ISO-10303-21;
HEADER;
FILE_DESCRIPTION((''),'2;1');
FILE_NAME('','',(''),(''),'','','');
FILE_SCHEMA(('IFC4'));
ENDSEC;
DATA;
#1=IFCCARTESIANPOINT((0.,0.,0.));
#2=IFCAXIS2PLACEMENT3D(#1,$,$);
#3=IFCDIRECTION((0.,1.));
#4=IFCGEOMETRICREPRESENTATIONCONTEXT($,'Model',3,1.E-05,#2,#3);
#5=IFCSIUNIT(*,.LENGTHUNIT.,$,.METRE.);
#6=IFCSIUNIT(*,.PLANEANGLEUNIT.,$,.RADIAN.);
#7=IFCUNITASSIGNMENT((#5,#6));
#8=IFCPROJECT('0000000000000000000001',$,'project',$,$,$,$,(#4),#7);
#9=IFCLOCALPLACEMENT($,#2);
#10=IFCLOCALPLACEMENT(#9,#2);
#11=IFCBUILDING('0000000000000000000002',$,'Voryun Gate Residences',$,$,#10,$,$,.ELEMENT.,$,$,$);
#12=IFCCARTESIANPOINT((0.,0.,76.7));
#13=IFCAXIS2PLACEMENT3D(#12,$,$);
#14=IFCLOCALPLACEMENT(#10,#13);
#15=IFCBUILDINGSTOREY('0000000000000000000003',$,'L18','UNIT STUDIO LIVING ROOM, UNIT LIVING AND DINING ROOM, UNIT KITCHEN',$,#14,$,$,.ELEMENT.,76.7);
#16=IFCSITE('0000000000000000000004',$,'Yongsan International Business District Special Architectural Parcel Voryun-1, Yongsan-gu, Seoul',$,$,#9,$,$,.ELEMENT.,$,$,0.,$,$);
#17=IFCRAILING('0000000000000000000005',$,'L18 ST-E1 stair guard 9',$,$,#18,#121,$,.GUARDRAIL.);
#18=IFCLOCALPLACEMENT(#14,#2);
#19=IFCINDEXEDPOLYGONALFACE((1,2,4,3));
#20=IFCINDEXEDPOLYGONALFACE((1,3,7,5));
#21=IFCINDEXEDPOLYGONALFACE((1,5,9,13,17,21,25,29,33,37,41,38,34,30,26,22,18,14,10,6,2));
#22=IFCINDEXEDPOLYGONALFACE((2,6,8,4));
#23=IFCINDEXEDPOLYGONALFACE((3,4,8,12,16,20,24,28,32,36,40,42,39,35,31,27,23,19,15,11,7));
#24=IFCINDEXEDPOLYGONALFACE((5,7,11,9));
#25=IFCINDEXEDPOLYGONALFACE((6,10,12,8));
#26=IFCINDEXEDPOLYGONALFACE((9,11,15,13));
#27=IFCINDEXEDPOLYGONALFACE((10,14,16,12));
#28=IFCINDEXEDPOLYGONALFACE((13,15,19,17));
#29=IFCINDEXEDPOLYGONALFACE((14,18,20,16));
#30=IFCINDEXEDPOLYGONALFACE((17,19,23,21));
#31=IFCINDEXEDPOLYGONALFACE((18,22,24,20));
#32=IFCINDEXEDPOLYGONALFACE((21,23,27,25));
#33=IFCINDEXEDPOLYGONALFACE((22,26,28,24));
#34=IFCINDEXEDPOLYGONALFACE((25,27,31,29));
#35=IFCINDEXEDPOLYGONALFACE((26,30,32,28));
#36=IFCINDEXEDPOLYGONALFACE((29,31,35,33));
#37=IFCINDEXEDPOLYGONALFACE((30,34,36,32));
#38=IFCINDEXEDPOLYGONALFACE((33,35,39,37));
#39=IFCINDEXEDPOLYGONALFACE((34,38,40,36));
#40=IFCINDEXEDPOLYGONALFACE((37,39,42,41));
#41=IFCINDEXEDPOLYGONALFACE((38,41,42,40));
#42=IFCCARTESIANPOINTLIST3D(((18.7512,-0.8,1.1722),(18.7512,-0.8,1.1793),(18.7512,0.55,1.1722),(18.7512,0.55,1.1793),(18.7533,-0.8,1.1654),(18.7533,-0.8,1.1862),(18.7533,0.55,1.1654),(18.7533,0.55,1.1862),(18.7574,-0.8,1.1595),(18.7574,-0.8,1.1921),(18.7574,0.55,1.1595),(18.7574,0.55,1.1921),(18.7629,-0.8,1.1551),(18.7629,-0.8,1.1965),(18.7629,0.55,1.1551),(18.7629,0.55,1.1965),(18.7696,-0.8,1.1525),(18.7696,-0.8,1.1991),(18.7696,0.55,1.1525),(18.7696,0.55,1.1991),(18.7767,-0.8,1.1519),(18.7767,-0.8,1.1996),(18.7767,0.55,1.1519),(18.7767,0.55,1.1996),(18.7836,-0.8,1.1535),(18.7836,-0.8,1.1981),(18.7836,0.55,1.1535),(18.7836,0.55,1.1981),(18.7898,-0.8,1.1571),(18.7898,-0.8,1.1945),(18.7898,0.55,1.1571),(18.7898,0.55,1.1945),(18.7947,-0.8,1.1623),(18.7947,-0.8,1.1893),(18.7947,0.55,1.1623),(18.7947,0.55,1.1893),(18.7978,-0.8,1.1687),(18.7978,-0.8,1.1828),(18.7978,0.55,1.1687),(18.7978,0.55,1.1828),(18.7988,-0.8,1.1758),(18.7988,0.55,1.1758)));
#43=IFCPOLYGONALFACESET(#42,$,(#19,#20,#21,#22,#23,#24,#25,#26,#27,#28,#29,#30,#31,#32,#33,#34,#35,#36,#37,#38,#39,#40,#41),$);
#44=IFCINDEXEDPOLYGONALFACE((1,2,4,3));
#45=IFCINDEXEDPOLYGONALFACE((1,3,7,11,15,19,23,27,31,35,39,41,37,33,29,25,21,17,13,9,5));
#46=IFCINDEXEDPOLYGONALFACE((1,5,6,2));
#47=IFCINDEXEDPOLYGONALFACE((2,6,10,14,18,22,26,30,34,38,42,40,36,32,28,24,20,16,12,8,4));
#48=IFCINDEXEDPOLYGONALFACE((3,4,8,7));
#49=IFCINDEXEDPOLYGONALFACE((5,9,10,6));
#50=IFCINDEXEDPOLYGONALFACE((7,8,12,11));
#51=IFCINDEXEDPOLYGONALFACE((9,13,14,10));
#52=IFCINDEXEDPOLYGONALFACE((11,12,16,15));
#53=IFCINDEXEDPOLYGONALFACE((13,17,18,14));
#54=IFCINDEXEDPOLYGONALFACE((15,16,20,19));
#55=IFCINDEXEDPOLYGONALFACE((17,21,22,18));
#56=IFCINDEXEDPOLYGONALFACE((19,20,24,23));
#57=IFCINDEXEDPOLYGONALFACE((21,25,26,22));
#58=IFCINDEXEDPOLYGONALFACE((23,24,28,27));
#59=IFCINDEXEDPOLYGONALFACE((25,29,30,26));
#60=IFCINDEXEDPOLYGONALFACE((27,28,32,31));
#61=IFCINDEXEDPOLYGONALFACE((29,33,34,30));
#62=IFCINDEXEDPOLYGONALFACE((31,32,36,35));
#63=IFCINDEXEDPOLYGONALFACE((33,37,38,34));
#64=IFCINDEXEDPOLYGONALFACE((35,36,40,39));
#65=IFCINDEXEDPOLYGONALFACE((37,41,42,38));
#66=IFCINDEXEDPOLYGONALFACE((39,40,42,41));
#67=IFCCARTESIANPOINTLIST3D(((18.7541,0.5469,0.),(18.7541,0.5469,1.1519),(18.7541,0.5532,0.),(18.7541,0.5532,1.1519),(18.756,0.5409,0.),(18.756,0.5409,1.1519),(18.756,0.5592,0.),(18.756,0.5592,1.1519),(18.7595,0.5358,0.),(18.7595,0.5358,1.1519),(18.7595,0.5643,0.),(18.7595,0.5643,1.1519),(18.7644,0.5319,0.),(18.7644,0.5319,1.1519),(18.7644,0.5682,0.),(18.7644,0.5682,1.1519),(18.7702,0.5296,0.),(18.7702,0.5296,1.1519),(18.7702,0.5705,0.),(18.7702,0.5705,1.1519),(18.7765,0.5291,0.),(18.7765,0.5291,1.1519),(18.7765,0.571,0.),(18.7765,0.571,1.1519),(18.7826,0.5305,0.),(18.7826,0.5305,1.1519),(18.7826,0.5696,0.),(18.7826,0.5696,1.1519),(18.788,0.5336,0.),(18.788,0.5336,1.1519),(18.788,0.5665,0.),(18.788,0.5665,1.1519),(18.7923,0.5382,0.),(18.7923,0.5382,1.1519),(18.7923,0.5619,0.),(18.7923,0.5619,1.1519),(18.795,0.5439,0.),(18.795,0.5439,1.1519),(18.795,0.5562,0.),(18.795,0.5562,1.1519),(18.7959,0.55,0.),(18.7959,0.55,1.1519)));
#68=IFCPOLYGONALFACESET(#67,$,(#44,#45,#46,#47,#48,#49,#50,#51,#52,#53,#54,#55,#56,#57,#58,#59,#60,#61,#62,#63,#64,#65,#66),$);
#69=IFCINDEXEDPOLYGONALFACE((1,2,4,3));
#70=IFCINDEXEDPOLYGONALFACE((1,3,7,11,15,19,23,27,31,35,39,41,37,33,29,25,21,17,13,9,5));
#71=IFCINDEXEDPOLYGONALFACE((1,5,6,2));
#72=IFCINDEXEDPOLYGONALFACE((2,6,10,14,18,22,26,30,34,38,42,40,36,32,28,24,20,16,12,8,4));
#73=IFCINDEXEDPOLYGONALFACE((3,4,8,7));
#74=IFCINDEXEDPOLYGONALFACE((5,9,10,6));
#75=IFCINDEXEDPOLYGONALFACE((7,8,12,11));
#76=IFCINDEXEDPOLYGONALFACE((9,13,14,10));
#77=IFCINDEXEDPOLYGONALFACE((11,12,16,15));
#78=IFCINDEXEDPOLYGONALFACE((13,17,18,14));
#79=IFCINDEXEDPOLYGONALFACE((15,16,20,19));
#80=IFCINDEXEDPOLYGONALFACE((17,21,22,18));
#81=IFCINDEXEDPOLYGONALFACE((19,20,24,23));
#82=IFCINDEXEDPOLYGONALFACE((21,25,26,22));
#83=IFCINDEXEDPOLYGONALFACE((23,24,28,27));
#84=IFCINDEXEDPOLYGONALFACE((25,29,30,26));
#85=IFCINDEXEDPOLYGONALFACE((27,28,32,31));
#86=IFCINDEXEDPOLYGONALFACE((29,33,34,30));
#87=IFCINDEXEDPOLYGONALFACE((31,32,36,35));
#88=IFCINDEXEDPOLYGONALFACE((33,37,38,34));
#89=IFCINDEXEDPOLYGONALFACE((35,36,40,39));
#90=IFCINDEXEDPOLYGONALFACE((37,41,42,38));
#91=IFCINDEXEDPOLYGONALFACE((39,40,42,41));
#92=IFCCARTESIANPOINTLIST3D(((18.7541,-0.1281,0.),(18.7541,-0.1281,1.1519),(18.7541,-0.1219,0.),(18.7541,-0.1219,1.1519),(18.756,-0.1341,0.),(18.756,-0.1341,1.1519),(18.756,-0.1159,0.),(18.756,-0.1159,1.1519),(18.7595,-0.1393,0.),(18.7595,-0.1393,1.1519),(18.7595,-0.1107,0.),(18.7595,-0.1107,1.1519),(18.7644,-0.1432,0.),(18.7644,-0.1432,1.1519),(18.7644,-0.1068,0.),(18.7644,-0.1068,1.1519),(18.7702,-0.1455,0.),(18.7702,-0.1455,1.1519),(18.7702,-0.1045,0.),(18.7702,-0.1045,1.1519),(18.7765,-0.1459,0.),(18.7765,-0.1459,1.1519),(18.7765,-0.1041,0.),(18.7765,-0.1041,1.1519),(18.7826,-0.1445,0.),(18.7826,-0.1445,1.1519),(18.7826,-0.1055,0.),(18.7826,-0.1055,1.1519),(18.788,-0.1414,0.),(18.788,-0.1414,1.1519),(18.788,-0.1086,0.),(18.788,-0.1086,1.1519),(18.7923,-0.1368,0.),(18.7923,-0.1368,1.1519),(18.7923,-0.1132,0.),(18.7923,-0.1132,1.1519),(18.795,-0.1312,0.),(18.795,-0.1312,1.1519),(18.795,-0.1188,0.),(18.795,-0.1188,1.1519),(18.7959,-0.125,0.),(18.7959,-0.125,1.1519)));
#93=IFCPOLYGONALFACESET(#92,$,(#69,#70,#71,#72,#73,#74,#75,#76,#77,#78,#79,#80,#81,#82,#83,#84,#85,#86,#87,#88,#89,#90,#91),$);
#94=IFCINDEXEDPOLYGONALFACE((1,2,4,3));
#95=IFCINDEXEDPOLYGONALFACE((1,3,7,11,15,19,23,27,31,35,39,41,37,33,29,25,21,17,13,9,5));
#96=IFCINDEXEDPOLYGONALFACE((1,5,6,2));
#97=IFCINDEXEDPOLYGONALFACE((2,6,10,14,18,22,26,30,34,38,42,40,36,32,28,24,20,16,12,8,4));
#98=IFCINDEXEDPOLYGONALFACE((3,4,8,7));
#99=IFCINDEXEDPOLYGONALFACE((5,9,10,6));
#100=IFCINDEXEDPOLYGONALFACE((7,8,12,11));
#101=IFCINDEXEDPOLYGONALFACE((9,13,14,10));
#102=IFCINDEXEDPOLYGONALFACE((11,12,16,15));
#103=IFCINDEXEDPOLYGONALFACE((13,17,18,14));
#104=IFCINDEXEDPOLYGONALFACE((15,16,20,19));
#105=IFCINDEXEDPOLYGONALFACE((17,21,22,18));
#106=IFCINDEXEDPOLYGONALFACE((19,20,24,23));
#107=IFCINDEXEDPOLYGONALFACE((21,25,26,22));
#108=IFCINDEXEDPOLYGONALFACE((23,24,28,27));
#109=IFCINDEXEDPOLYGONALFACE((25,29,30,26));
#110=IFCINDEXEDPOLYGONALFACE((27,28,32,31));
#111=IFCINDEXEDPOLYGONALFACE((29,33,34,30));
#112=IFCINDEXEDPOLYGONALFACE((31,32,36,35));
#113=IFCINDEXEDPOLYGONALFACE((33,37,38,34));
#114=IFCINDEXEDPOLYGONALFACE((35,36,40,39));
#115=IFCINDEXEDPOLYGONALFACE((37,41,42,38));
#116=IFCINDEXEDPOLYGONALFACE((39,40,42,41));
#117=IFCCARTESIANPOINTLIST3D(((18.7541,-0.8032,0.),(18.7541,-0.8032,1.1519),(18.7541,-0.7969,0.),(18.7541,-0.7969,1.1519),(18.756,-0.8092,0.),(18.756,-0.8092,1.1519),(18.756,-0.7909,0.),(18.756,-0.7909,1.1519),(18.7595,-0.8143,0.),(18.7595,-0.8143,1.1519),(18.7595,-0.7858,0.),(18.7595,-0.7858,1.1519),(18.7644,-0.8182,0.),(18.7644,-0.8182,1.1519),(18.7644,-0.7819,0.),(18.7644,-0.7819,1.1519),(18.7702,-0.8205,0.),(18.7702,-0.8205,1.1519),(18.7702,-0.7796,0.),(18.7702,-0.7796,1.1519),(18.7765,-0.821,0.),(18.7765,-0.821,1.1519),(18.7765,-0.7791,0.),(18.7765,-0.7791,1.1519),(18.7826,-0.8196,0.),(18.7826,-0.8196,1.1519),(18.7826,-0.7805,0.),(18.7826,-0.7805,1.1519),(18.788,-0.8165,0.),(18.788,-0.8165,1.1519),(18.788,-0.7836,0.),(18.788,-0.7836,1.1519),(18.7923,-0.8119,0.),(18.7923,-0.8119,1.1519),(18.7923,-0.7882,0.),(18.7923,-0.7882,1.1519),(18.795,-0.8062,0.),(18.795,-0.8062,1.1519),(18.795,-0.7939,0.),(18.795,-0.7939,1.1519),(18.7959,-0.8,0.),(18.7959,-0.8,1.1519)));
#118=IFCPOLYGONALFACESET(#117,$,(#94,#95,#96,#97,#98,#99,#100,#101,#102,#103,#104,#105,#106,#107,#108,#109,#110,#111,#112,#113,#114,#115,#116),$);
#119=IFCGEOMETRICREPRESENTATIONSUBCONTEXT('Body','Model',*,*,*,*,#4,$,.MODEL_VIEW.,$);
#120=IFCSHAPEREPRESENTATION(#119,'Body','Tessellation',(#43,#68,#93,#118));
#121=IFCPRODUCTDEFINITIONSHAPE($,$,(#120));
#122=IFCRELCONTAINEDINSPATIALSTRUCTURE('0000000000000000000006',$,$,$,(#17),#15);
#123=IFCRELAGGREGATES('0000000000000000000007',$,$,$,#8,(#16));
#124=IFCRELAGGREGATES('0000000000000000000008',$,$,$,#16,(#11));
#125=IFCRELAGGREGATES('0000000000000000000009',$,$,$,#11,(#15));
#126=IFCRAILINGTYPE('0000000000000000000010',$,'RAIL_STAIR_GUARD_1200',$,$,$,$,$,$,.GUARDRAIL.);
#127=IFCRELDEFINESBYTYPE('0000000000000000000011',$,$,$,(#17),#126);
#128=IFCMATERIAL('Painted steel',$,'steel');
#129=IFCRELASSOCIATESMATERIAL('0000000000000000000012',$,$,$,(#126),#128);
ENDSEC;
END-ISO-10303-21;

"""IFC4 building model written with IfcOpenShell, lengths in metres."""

from ifc_helpers import new_model, si_unit, direction, frame, origin, origin_2d, place, context, subcontext, project, spatial, circle, extrude, material, type_object, element, save


model = new_model("IFC4")

# Units and contexts
model_context = context("Model", 3, precision=1e-05, world=origin(), true_north=direction((0.0, 1.0)))
body_context = subcontext(model_context, "Body", "Model", "MODEL_VIEW")
ifc_project = project(units=[si_unit("LENGTHUNIT", "METRE"), si_unit("PLANEANGLEUNIT", "RADIAN")], contexts=[model_context])

# Site, building, storey
site_placement = place(None, origin())
site = spatial("IfcSite", under=ifc_project, at=site_placement, Name="Yongsan International Business District Special Architectural Parcel Voryun-1, Yongsan-gu, Seoul", CompositionType="ELEMENT", RefElevation=0.0)
building_placement = place(site_placement, origin())
building = spatial("IfcBuilding", under=site, at=building_placement, Name="Voryun Gate Residences", CompositionType="ELEMENT")
storey_placement = place(building_placement, frame((0.0, 0.0, 76.7)))
storey = spatial("IfcBuildingStorey", under=building, at=storey_placement, Name="L18", Description="UNIT STUDIO LIVING ROOM, UNIT LIVING AND DINING ROOM, UNIT KITCHEN", CompositionType="ELEMENT", Elevation=76.7)

# Railing
ifc_material_1 = material(Name="Painted steel", Category="steel")
railing_type = type_object("IfcRailingType", Name="RAIL_STAIR_GUARD_1200", PredefinedType="GUARDRAIL", material=ifc_material_1)
for number, where, name in (
    (1, (18.7749, 0.55, 0.0), "L18 ST-E1 stair guard 9"),
):
    element("IfcRailing", number, at=place(storey_placement, frame(where)), inside=storey, type_object=railing_type, Name=name, PredefinedType="GUARDRAIL", context=body_context, shape_type="SweptSolid", body=[
        extrude(circle(Radius=0.0239, at=origin_2d()), frame((0.0, 0.0, 1.1758), z_axis=(0.0, -1.0, 0.0), x_axis=(1.0, 0.0, 0.0)), (0.0, 0.0, 1.0), 1.3501),
        extrude(circle(Radius=0.021, at=origin_2d()), origin(), (0.0, 0.0, 1.0), 1.1519),
        extrude(circle(Radius=0.021, at=origin_2d()), frame((0.0, -0.675, 0.0)), (0.0, 0.0, 1.0), 1.1519),
        extrude(circle(Radius=0.021, at=origin_2d()), frame((0.0, -1.3501, 0.0)), (0.0, 0.0, 1.0), 1.1519),
    ])

save(model, "model.ifc")
